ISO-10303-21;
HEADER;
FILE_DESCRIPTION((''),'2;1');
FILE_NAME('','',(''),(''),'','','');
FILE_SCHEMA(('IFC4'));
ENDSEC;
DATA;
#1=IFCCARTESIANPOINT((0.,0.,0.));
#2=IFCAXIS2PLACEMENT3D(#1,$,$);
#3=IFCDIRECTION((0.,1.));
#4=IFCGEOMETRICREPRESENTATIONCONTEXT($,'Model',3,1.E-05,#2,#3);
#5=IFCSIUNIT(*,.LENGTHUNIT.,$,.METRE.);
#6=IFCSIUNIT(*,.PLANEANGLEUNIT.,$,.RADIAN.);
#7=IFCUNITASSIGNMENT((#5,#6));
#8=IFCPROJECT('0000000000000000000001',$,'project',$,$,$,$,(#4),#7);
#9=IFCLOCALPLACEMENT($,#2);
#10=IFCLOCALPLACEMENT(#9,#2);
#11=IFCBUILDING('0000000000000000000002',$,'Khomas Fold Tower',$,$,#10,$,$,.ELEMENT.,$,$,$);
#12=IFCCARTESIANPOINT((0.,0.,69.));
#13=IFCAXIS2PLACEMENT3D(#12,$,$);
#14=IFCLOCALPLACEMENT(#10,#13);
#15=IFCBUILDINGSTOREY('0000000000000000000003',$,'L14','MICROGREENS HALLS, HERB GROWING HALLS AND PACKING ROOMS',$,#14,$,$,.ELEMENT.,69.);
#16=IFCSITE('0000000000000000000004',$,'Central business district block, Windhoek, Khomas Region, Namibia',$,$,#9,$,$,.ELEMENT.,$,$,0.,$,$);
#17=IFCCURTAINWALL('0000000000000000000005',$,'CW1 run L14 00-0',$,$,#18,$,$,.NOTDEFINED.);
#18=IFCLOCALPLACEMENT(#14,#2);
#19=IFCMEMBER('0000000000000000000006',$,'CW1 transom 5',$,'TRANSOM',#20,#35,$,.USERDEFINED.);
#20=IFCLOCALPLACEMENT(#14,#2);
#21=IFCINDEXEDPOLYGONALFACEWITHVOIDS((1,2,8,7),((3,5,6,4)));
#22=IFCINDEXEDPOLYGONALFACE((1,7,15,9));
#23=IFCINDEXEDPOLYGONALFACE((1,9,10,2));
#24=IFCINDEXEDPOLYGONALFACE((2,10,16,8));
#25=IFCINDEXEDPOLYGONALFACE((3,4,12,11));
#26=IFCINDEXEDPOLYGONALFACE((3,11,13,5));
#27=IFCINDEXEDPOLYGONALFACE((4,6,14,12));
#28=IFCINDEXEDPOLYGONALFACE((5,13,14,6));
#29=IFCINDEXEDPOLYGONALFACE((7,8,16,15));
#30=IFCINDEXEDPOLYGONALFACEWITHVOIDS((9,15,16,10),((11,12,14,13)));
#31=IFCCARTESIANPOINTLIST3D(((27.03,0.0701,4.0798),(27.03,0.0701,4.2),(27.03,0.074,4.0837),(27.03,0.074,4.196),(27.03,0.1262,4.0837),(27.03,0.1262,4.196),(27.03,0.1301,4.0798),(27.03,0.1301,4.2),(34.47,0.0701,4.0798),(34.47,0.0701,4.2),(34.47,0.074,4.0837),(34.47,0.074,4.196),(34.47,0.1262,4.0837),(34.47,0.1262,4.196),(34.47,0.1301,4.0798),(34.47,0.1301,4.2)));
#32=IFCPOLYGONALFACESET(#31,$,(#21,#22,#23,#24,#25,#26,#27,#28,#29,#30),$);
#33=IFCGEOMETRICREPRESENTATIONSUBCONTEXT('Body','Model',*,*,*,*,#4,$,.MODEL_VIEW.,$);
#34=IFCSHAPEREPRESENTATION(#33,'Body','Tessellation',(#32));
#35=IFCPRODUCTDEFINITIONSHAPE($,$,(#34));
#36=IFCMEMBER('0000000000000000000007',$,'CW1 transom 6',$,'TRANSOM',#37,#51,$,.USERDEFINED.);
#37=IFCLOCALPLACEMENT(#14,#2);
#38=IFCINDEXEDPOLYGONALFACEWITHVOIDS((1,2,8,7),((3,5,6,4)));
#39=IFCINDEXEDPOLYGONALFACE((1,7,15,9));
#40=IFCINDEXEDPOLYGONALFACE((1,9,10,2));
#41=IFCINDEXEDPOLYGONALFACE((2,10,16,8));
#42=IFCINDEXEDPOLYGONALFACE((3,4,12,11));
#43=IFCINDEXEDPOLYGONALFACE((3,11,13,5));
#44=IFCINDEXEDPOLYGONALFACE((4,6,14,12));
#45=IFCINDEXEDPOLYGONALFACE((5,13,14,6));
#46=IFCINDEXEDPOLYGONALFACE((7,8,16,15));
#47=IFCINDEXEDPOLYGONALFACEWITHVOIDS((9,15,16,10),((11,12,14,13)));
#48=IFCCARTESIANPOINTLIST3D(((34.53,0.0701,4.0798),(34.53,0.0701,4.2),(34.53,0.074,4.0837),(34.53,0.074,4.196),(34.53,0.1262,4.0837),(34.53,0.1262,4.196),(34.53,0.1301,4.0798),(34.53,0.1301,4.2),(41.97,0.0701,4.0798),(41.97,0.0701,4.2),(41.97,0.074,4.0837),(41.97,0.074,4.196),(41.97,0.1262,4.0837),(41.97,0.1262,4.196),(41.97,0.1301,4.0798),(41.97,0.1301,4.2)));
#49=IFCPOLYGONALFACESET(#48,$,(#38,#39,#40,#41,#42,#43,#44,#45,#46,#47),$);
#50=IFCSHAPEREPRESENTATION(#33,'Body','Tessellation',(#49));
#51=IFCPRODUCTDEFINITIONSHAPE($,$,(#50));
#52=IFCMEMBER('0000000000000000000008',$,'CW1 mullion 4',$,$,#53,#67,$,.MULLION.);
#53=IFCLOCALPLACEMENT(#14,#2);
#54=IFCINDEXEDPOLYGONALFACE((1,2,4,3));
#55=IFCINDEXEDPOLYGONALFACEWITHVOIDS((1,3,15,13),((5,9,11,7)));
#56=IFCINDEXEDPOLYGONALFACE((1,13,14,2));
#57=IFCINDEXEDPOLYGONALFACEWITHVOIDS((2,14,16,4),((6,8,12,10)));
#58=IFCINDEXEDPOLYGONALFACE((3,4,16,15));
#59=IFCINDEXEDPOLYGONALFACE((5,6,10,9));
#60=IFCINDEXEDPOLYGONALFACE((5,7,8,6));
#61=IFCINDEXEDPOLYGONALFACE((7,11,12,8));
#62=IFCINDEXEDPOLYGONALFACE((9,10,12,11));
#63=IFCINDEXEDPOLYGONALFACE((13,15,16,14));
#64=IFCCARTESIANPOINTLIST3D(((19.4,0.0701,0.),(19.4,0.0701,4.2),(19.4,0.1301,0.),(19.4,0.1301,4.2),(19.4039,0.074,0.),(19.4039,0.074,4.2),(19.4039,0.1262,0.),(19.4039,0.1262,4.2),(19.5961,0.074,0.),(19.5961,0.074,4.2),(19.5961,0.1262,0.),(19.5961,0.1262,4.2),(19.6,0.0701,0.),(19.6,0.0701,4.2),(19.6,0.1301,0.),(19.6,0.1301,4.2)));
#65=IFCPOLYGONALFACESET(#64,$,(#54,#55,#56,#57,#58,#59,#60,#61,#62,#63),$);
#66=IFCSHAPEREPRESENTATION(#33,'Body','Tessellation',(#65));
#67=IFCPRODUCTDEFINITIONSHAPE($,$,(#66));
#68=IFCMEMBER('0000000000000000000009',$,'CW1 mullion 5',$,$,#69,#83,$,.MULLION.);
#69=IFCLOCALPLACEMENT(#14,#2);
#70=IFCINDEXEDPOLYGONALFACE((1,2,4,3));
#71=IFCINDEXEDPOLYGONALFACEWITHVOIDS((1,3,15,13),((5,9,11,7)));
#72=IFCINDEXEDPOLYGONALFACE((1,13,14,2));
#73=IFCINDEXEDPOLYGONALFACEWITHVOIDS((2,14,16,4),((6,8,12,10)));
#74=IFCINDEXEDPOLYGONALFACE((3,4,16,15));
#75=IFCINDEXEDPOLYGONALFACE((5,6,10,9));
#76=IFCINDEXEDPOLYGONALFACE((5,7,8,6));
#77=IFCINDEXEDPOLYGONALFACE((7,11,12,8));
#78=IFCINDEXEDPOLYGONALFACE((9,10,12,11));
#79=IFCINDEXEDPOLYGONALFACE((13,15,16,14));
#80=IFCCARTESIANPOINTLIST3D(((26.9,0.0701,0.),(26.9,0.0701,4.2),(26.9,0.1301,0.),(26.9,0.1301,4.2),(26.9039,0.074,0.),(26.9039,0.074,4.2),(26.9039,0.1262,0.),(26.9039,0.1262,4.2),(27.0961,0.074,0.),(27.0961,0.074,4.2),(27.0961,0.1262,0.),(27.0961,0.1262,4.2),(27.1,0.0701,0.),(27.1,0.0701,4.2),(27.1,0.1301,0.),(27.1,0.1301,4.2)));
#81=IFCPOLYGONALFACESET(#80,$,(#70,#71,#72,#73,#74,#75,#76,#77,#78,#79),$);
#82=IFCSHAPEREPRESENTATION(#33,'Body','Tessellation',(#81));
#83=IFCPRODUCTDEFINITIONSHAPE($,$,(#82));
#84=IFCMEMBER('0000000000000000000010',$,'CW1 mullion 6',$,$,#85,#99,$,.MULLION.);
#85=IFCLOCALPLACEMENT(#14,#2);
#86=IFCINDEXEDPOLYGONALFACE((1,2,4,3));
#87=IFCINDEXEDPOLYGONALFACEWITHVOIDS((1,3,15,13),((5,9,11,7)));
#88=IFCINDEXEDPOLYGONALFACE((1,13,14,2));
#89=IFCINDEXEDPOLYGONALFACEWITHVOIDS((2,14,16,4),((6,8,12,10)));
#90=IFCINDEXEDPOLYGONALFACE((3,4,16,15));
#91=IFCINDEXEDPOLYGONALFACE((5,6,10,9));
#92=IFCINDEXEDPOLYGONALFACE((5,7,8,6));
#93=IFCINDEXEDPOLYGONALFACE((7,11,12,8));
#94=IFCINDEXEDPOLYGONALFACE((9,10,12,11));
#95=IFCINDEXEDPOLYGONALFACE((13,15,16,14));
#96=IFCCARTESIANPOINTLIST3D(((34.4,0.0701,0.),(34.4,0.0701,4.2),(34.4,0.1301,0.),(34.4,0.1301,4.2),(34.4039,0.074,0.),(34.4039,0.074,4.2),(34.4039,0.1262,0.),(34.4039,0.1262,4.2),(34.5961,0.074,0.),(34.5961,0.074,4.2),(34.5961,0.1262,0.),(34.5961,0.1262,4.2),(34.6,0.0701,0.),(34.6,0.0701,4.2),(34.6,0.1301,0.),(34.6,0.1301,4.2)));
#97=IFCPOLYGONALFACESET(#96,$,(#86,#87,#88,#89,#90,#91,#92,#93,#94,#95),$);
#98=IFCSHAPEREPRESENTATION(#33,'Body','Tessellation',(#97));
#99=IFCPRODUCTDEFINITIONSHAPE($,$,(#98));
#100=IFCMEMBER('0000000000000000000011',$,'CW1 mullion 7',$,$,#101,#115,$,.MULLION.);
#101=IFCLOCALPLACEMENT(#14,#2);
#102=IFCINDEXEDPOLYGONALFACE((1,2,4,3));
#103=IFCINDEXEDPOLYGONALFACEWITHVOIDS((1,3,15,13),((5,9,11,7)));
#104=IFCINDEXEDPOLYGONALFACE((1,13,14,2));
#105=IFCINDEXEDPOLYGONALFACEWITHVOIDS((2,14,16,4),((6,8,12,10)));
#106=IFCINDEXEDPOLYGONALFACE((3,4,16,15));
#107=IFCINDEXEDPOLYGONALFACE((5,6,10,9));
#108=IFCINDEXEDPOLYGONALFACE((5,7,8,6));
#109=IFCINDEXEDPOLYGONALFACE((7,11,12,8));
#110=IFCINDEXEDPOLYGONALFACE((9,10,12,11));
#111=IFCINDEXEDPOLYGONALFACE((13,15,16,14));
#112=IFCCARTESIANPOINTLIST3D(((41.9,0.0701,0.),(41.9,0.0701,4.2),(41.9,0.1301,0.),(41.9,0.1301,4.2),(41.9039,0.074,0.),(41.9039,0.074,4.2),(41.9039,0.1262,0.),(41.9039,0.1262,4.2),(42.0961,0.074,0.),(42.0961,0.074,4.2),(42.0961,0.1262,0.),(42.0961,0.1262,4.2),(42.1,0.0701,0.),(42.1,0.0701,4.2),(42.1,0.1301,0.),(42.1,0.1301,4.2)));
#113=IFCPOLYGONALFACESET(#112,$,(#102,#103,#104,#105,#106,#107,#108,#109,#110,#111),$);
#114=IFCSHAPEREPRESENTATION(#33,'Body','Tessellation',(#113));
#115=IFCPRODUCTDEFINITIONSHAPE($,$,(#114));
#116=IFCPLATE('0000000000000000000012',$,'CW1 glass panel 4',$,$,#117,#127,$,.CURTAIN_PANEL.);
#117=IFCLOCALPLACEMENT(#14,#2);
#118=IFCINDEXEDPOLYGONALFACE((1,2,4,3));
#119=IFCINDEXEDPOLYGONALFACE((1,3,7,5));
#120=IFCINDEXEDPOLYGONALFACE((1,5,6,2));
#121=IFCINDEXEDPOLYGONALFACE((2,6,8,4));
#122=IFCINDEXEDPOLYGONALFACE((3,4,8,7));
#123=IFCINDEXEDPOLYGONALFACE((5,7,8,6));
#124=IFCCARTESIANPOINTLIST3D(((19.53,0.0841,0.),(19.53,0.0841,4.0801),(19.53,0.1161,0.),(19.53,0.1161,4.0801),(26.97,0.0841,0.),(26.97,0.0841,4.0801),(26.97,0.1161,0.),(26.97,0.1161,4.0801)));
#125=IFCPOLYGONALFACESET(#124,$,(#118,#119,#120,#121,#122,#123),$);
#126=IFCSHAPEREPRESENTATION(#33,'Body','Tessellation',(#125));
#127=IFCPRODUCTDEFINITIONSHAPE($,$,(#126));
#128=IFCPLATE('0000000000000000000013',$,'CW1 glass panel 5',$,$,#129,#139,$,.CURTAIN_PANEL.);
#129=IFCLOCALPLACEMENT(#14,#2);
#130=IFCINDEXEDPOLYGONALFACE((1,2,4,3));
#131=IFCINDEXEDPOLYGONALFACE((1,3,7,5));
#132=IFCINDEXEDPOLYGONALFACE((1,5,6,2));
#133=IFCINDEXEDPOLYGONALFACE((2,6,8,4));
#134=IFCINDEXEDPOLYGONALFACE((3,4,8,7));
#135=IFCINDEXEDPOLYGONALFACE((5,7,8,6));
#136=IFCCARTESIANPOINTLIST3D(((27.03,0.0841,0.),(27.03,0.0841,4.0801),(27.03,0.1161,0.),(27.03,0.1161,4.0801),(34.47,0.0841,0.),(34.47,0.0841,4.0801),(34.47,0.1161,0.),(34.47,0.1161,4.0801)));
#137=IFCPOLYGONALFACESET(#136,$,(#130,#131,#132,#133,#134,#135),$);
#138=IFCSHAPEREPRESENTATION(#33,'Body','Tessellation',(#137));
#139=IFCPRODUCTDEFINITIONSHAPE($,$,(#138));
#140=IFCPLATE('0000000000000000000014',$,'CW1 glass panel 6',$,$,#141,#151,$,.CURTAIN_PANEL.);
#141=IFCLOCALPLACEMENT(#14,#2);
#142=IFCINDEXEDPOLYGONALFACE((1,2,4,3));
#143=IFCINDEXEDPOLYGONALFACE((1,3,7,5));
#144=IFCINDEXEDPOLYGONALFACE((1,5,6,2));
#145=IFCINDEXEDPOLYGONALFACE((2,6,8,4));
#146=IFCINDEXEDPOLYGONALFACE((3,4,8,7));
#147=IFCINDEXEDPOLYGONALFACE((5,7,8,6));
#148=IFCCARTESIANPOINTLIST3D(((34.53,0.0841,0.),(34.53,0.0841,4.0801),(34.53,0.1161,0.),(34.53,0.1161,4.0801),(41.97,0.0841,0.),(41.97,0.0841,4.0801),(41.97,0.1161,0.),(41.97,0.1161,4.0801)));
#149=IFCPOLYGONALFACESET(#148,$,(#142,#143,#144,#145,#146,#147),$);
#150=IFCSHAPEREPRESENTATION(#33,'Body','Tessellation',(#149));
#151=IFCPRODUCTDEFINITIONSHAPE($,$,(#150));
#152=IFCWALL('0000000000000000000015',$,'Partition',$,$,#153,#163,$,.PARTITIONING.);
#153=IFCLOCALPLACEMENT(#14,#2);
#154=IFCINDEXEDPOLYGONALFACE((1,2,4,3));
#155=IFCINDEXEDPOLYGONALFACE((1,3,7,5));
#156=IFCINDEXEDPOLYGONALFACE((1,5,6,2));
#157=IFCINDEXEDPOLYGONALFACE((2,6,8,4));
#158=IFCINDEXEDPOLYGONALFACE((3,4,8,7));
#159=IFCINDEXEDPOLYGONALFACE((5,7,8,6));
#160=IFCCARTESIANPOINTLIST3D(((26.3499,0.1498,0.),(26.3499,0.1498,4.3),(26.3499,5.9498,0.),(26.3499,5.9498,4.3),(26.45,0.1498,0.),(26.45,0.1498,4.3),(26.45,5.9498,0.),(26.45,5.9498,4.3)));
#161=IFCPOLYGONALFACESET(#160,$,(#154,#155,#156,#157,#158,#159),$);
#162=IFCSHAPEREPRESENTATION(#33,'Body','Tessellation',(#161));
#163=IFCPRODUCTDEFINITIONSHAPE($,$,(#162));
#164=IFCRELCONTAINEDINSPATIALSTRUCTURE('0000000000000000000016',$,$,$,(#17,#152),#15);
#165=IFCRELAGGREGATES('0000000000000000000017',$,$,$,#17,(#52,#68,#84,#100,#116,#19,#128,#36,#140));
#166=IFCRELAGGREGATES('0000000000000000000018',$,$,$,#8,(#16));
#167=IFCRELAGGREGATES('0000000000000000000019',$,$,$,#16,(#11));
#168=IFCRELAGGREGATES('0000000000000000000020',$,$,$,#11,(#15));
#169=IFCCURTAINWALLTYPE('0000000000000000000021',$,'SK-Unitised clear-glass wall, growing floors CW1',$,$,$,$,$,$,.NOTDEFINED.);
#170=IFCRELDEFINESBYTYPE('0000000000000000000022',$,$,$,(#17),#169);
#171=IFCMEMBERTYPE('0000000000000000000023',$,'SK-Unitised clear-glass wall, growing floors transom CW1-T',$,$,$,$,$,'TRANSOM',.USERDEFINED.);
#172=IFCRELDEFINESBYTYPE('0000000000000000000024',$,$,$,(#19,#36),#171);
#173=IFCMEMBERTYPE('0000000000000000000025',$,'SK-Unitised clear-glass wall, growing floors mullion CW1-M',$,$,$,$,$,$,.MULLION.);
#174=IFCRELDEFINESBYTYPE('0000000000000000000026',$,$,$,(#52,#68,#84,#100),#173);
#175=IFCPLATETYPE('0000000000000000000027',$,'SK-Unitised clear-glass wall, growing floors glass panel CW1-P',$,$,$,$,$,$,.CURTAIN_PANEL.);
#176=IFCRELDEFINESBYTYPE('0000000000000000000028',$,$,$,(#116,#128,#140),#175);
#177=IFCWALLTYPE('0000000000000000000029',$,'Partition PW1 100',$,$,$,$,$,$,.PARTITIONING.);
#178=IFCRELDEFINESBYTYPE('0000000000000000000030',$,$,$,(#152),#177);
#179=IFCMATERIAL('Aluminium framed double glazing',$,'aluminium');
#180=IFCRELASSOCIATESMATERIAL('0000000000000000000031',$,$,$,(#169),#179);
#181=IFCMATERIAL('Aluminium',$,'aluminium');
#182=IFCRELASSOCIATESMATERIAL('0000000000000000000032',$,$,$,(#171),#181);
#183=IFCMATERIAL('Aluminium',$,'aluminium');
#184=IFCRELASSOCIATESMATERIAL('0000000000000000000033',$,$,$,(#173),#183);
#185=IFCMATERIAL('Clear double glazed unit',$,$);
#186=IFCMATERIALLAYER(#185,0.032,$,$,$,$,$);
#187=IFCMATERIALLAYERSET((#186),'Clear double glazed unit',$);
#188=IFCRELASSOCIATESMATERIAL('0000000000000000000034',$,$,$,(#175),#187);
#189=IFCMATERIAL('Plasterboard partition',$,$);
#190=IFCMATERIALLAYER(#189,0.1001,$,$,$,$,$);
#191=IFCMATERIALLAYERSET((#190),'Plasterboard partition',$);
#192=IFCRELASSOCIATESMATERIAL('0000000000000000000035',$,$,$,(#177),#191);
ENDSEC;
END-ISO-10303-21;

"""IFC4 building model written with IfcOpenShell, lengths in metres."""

from ifc_helpers import new_model, si_unit, direction, frame, frame_2d, origin, origin_2d, place, context, subcontext, project, spatial, rectangle, hollow_rectangle, extrude, source, transform, mapped, material, layer, layer_set, material_profile, profile_set, type_object, element, aggregate, save


model = new_model("IFC4")

# Units and contexts
model_context = context("Model", 3, precision=1e-05, world=origin(), true_north=direction((0.0, 1.0)))
body_context = subcontext(model_context, "Body", "Model", "MODEL_VIEW")
ifc_project = project(units=[si_unit("LENGTHUNIT", "METRE"), si_unit("PLANEANGLEUNIT", "RADIAN")], contexts=[model_context])

# Site, building, storey
site_placement = place(None, origin())
site = spatial("IfcSite", under=ifc_project, at=site_placement, Name="Central business district block, Windhoek, Khomas Region, Namibia", CompositionType="ELEMENT", RefElevation=0.0)
building_placement = place(site_placement, origin())
building = spatial("IfcBuilding", under=site, at=building_placement, Name="Khomas Fold Tower", CompositionType="ELEMENT")
storey_placement = place(building_placement, frame((0.0, 0.0, 69.0)))
storey = spatial("IfcBuildingStorey", under=building, at=storey_placement, Name="L14", Description="MICROGREENS HALLS, HERB GROWING HALLS AND PACKING ROOMS", CompositionType="ELEMENT", Elevation=69.0)

# Curtain wall, members, plates
ifc_material_1 = material(Name="Aluminium framed double glazing", Category="aluminium")
curtain_wall_type = type_object("IfcCurtainWallType", Name="SK-Unitised clear-glass wall, growing floors CW1", PredefinedType="NOTDEFINED", material=ifc_material_1)
curtain_wall_placement = place(storey_placement, origin())
curtain_wall = element("IfcCurtainWall", 1, at=curtain_wall_placement, inside=storey, type_object=curtain_wall_type, Name="CW1 run L14 00-0", PredefinedType="NOTDEFINED")
ifc_material_2 = material(Name="Aluminium", Category="aluminium")
ifc_material_profile_1 = material_profile(ifc_material_2, hollow_rectangle(XDim=0.0601, YDim=0.1201, WallThickness=0.0039, at=origin_2d()), Name="SK-Unitised clear-glass wall, growing floors transom CW1-T")
ifc_profile_set_1 = profile_set([ifc_material_profile_1], Name="Aluminium")
member_type_1 = type_object("IfcMemberType", Name="SK-Unitised clear-glass wall, growing floors transom CW1-T", ElementType="TRANSOM", PredefinedType="USERDEFINED", material=ifc_profile_set_1)
shared_shape_1 = source(origin(), body_context, "Body", "SweptSolid", [
    extrude(hollow_rectangle(XDim=0.0601, YDim=0.1201, WallThickness=0.0039, at=origin_2d()), origin(), (0.0, 0.0, 1.0), 7.4399),
])
member_1_placement = place(storey_placement, frame((27.03, 0.1001, 4.1399), z_axis=(1.0, 0.0, 0.0), x_axis=(0.0, 1.0, 0.0)))
member_1 = element("IfcMember", 2, at=member_1_placement, type_object=member_type_1, Name="CW1 transom 5", ObjectType="TRANSOM", PredefinedType="USERDEFINED", context=body_context, shape_type="MappedRepresentation", body=[
    mapped(shared_shape_1, transform((0.0, 0.0, 0.0))),
])
member_2_placement = place(storey_placement, frame((34.53, 0.1001, 4.1399), z_axis=(1.0, 0.0, 0.0), x_axis=(0.0, 1.0, 0.0)))
member_2 = element("IfcMember", 3, at=member_2_placement, type_object=member_type_1, Name="CW1 transom 6", ObjectType="TRANSOM", PredefinedType="USERDEFINED", context=body_context, shape_type="MappedRepresentation", body=[
    mapped(shared_shape_1, transform((0.0, 0.0, 0.0))),
])
ifc_material_3 = material(Name="Aluminium", Category="aluminium")
ifc_material_profile_2 = material_profile(ifc_material_3, hollow_rectangle(XDim=0.0601, YDim=0.2, WallThickness=0.0039, at=origin_2d()), Name="SK-Unitised clear-glass wall, growing floors mullion CW1-M")
ifc_profile_set_2 = profile_set([ifc_material_profile_2], Name="Aluminium")
member_type_2 = type_object("IfcMemberType", Name="SK-Unitised clear-glass wall, growing floors mullion CW1-M", PredefinedType="MULLION", material=ifc_profile_set_2)
shared_shape_2 = source(origin(), body_context, "Body", "SweptSolid", [
    extrude(hollow_rectangle(XDim=0.0601, YDim=0.2, WallThickness=0.0039, at=origin_2d()), origin(), (0.0, 0.0, 1.0), 4.2),
])
member_3_placement = place(storey_placement, frame((19.5, 0.1001, 0.0), z_axis=(0.0, 0.0, 1.0), x_axis=(0.0, 1.0, 0.0)))
member_3 = element("IfcMember", 4, at=member_3_placement, type_object=member_type_2, Name="CW1 mullion 4", PredefinedType="MULLION", context=body_context, shape_type="MappedRepresentation", body=[
    mapped(shared_shape_2, transform((0.0, 0.0, 0.0))),
])
member_4_placement = place(storey_placement, frame((27.0, 0.1001, 0.0), z_axis=(0.0, 0.0, 1.0), x_axis=(0.0, 1.0, 0.0)))
member_4 = element("IfcMember", 5, at=member_4_placement, type_object=member_type_2, Name="CW1 mullion 5", PredefinedType="MULLION", context=body_context, shape_type="MappedRepresentation", body=[
    mapped(shared_shape_2, transform((0.0, 0.0, 0.0))),
])
member_5_placement = place(storey_placement, frame((34.5, 0.1001, 0.0), z_axis=(0.0, 0.0, 1.0), x_axis=(0.0, 1.0, 0.0)))
member_5 = element("IfcMember", 6, at=member_5_placement, type_object=member_type_2, Name="CW1 mullion 6", PredefinedType="MULLION", context=body_context, shape_type="MappedRepresentation", body=[
    mapped(shared_shape_2, transform((0.0, 0.0, 0.0))),
])
member_6_placement = place(storey_placement, frame((42.0, 0.1001, 0.0), z_axis=(0.0, 0.0, 1.0), x_axis=(0.0, 1.0, 0.0)))
member_6 = element("IfcMember", 7, at=member_6_placement, type_object=member_type_2, Name="CW1 mullion 7", PredefinedType="MULLION", context=body_context, shape_type="MappedRepresentation", body=[
    mapped(shared_shape_2, transform((0.0, 0.0, 0.0))),
])
ifc_material_4 = material(Name="Clear double glazed unit")
ifc_layer_1 = layer(ifc_material_4, 0.032)
ifc_layer_set_1 = layer_set([ifc_layer_1], Name="Clear double glazed unit")
plate_type = type_object("IfcPlateType", Name="SK-Unitised clear-glass wall, growing floors glass panel CW1-P", PredefinedType="CURTAIN_PANEL", material=ifc_layer_set_1)
shared_shape_3 = source(origin(), body_context, "Body", "SweptSolid", [
    extrude(rectangle(XDim=7.4399, YDim=0.032, at=origin_2d()), origin(), (0.0, 0.0, 1.0), 4.0801),
])
plate_1_placement = place(storey_placement, frame((23.25, 0.1001, 0.0), z_axis=(0.0, 0.0, 1.0), x_axis=(1.0, 0.0, 0.0)))
plate_1 = element("IfcPlate", 8, at=plate_1_placement, type_object=plate_type, Name="CW1 glass panel 4", PredefinedType="CURTAIN_PANEL", context=body_context, shape_type="MappedRepresentation", body=[
    mapped(shared_shape_3, transform((0.0, 0.0, 0.0))),
])
plate_2_placement = place(storey_placement, frame((30.75, 0.1001, 0.0), z_axis=(0.0, 0.0, 1.0), x_axis=(1.0, 0.0, 0.0)))
plate_2 = element("IfcPlate", 9, at=plate_2_placement, type_object=plate_type, Name="CW1 glass panel 5", PredefinedType="CURTAIN_PANEL", context=body_context, shape_type="MappedRepresentation", body=[
    mapped(shared_shape_3, transform((0.0, 0.0, 0.0))),
])
plate_3_placement = place(storey_placement, frame((38.25, 0.1001, 0.0), z_axis=(0.0, 0.0, 1.0), x_axis=(1.0, 0.0, 0.0)))
plate_3 = element("IfcPlate", 10, at=plate_3_placement, type_object=plate_type, Name="CW1 glass panel 6", PredefinedType="CURTAIN_PANEL", context=body_context, shape_type="MappedRepresentation", body=[
    mapped(shared_shape_3, transform((0.0, 0.0, 0.0))),
])
aggregate(curtain_wall, [member_3, member_4, member_5, member_6, plate_1, member_1, plate_2, member_2, plate_3])

# Wall
ifc_material_5 = material(Name="Plasterboard partition")
ifc_layer_2 = layer(ifc_material_5, 0.1001)
ifc_layer_set_2 = layer_set([ifc_layer_2], Name="Plasterboard partition")
wall_type_1 = type_object("IfcWallType", Name="Partition PW1 100", PredefinedType="PARTITIONING", material=ifc_layer_set_2)
shared_shape_4 = source(origin(), body_context, "Body", "SweptSolid", [
    extrude(rectangle(XDim=5.8, YDim=0.1001, at=frame_2d((2.8999, 0.0))), origin(), (0.0, 0.0, 1.0), 4.3),
])
wall_1_placement = place(storey_placement, frame((26.3999, 0.1499, 0.0), z_axis=(0.0, 0.0, 1.0), x_axis=(0.0, 1.0, 0.0)))
element("IfcWall", 11, at=wall_1_placement, inside=storey, type_object=wall_type_1, Name="Partition", PredefinedType="PARTITIONING", context=body_context, shape_type="MappedRepresentation", body=[
    mapped(shared_shape_4, transform((0.0, 0.0, 0.0))),
])

save(model, "model.ifc")
